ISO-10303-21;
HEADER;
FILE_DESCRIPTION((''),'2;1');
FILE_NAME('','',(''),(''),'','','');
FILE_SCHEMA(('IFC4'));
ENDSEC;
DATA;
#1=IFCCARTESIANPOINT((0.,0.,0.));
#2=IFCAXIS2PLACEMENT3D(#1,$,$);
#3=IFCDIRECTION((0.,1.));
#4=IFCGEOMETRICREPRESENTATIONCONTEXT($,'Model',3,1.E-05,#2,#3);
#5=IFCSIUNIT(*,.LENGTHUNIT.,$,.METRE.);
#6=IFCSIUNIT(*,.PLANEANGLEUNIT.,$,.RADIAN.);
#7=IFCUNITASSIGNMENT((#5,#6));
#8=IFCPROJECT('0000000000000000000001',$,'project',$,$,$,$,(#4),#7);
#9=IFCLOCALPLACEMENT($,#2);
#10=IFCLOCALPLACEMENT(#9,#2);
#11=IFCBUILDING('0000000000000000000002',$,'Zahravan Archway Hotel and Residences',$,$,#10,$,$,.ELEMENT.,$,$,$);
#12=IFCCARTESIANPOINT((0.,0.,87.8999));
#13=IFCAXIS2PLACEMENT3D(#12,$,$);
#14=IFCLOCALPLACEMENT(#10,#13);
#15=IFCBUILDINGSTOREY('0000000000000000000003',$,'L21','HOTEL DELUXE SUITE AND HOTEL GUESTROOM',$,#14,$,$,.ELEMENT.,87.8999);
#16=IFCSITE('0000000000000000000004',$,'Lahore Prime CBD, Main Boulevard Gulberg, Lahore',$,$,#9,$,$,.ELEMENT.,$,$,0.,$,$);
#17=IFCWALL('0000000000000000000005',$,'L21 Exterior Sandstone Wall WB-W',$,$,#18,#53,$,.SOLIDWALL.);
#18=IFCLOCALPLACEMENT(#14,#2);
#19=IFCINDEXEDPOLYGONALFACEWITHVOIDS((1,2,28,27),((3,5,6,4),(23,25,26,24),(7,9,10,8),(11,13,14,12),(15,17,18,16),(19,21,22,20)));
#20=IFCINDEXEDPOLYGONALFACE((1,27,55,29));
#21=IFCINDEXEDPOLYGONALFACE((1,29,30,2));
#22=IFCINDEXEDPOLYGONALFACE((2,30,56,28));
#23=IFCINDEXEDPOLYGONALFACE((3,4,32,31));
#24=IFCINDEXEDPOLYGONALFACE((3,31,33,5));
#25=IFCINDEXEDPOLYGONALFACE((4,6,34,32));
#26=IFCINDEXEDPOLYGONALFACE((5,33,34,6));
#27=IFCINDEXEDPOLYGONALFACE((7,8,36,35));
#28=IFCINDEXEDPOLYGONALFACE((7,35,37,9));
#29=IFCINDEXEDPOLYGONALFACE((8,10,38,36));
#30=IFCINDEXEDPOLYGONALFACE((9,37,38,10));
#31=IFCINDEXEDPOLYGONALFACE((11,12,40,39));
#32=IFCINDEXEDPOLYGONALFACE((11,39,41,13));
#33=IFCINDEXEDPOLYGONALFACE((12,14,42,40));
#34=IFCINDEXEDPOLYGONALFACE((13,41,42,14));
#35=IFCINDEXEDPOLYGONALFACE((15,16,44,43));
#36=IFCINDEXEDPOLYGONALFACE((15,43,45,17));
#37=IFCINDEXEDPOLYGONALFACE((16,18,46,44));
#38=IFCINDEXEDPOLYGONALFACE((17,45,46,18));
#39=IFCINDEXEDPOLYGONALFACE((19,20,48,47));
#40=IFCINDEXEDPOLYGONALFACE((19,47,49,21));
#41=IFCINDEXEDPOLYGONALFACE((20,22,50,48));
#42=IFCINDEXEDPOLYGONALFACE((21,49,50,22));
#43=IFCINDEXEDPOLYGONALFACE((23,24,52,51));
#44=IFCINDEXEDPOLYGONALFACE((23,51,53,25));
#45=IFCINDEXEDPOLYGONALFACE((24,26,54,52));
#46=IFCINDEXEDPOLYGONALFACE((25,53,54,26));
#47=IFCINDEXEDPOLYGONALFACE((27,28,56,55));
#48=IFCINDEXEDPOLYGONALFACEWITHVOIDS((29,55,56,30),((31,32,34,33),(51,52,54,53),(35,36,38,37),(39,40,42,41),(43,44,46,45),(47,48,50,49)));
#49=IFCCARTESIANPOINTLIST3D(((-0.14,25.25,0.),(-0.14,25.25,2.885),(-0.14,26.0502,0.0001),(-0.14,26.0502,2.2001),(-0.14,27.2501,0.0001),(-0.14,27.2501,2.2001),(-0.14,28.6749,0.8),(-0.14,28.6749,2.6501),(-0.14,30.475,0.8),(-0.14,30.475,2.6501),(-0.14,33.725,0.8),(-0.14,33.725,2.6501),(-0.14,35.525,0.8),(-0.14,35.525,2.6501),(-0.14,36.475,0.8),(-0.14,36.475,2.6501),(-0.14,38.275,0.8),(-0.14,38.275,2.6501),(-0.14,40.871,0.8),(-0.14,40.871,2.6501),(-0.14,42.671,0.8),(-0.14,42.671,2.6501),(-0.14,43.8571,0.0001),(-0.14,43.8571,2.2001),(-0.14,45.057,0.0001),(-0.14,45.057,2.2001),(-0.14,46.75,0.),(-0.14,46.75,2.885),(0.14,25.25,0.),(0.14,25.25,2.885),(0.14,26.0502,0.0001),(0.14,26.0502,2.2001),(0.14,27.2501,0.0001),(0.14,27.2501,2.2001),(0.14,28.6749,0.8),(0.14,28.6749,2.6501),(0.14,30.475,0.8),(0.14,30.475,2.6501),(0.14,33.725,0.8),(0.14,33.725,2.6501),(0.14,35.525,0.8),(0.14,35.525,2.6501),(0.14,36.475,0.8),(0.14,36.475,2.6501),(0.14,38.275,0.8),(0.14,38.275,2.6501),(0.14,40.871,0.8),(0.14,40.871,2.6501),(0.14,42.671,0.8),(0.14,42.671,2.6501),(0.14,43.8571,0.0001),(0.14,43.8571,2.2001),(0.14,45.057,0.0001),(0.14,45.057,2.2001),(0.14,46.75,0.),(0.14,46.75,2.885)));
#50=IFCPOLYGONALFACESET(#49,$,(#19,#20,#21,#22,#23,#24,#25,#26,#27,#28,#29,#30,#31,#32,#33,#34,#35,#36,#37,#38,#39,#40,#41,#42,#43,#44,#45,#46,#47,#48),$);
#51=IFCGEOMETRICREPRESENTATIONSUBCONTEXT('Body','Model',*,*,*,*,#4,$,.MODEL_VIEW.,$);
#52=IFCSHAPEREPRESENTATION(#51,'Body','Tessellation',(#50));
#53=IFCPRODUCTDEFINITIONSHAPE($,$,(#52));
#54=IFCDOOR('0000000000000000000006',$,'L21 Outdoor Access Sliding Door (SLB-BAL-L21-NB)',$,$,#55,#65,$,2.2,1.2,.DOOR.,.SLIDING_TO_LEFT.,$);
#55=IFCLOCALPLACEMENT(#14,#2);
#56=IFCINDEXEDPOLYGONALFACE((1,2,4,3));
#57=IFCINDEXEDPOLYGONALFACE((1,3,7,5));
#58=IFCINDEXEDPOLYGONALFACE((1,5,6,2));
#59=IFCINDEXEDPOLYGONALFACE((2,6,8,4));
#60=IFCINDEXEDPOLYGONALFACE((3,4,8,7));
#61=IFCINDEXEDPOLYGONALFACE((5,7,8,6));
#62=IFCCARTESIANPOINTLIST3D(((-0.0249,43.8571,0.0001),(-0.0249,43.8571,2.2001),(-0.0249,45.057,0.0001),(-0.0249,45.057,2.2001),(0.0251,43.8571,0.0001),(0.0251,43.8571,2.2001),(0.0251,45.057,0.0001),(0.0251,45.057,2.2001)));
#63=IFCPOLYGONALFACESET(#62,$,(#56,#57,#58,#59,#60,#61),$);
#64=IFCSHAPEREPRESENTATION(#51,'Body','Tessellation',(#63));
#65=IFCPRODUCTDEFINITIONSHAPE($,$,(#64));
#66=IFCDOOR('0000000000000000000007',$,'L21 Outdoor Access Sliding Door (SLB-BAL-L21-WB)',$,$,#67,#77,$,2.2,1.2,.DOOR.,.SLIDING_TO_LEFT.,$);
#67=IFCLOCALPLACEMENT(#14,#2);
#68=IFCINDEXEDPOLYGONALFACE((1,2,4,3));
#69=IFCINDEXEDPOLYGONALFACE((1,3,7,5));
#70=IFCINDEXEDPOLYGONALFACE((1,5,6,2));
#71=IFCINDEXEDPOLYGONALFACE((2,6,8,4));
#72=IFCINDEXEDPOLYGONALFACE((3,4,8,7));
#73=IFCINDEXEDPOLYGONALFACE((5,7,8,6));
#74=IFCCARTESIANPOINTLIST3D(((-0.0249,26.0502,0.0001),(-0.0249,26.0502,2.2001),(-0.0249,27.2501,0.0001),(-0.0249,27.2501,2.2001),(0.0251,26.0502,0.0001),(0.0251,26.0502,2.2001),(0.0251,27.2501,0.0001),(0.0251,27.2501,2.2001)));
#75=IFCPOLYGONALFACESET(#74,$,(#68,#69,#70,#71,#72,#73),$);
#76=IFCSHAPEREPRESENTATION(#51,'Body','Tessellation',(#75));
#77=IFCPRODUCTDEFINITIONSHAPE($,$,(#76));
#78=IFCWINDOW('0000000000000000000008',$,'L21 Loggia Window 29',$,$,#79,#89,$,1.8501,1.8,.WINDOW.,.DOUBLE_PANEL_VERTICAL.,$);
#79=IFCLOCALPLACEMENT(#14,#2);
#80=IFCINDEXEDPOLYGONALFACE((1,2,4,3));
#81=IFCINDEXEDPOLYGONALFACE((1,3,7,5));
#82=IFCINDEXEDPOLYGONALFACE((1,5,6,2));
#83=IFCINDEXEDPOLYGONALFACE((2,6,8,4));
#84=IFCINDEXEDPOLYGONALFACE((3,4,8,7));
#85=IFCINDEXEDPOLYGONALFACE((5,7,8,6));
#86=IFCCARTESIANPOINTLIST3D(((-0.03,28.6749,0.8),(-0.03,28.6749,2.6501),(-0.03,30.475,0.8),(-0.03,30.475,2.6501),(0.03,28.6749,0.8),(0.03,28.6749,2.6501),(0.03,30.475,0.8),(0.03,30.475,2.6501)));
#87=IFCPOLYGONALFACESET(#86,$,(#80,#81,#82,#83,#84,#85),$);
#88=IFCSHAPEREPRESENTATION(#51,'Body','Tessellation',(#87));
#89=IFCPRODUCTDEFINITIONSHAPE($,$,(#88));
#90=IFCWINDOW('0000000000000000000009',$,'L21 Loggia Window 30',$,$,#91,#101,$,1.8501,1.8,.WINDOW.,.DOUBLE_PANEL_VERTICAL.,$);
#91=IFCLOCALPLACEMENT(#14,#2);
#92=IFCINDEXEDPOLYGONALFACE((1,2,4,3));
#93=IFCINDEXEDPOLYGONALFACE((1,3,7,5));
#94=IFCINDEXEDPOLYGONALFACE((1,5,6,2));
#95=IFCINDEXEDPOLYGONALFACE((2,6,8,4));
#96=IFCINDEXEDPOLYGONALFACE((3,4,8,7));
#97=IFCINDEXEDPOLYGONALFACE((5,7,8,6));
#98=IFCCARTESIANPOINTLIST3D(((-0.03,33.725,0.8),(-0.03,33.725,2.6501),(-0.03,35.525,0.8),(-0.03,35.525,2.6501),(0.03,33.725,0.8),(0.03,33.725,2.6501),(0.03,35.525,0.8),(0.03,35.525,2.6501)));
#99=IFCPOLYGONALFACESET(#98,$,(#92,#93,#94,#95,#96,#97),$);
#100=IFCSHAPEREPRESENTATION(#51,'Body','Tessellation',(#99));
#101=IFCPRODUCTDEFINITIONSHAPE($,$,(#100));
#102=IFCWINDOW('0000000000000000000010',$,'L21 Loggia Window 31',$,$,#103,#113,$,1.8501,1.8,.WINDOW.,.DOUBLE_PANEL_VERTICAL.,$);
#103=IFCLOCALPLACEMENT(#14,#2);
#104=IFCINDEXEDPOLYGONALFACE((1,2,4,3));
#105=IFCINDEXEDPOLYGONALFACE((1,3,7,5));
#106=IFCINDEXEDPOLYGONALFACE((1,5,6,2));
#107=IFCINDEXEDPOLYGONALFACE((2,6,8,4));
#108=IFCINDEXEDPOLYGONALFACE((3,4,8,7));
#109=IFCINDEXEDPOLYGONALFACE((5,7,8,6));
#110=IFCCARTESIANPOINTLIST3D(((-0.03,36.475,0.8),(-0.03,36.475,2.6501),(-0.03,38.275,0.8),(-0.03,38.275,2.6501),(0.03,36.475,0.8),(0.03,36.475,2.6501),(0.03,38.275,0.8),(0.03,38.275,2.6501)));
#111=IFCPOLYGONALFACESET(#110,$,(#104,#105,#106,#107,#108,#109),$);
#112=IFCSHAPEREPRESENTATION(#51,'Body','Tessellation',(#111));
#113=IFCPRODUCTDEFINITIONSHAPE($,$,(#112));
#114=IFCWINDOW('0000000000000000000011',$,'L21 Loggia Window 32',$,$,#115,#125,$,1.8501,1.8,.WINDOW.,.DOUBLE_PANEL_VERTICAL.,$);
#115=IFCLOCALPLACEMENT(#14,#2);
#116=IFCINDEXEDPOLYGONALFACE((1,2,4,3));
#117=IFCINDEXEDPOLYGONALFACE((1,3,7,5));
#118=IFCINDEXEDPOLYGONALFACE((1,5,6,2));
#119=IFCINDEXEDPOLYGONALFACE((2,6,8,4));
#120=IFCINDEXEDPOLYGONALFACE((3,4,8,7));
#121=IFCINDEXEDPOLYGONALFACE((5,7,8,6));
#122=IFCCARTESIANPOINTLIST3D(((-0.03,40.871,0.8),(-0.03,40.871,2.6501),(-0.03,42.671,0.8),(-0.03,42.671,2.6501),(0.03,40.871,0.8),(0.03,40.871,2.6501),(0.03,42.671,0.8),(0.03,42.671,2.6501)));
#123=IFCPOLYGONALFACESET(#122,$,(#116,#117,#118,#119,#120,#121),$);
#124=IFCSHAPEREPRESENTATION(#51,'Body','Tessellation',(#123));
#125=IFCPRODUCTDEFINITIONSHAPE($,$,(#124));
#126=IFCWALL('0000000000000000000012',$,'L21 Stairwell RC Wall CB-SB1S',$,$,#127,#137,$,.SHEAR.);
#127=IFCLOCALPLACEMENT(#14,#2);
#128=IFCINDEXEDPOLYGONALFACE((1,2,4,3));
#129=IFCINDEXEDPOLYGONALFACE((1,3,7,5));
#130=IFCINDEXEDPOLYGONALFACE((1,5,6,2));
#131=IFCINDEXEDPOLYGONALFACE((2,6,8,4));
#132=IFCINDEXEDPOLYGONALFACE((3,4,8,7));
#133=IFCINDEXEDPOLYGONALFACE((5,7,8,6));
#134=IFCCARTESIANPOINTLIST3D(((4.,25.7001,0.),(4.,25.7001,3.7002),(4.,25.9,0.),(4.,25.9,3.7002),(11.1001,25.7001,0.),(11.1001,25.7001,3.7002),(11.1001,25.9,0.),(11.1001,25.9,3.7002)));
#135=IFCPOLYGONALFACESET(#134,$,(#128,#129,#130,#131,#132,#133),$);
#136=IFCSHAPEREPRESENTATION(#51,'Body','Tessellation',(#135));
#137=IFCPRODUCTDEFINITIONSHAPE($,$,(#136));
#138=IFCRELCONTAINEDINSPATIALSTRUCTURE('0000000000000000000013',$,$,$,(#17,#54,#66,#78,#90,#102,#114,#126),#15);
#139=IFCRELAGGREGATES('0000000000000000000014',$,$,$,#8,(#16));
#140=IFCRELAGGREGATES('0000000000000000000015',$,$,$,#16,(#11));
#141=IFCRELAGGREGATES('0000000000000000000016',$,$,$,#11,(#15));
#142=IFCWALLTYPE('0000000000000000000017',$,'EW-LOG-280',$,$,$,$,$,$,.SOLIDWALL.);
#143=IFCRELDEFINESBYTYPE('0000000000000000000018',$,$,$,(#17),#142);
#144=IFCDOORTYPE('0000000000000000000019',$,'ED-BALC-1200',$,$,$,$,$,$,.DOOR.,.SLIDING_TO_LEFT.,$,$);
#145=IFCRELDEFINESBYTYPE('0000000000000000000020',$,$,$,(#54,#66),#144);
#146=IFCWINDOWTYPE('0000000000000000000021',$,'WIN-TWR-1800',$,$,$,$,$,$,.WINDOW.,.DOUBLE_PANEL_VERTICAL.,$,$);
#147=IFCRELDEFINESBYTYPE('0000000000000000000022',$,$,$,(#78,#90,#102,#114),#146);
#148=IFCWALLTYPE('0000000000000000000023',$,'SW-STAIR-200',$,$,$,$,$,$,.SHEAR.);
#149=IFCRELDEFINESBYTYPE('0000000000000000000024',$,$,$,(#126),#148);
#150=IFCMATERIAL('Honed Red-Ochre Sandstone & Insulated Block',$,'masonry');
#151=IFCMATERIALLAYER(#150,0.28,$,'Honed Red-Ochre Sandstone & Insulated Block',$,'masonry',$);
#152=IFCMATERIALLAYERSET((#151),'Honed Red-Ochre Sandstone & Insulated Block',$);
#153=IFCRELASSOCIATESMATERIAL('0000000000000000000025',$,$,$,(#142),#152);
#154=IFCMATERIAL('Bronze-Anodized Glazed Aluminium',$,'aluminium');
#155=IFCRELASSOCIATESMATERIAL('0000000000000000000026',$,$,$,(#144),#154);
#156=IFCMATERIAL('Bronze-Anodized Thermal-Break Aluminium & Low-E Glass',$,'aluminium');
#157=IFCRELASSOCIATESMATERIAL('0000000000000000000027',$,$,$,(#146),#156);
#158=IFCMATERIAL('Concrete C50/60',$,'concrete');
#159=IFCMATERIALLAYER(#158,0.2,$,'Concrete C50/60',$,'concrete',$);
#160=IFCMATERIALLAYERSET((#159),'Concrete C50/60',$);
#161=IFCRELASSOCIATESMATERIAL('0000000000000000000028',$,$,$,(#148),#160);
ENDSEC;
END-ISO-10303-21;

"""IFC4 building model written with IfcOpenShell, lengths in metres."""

from ifc_helpers import new_model, si_unit, direction, frame, frame_2d, origin, place, context, subcontext, project, spatial, rectangle, extrude, source, transform, mapped, material, layer, layer_set, type_object, type_shapes, element, fill, save


model = new_model("IFC4")

# Units and contexts
model_context = context("Model", 3, precision=1e-05, world=origin(), true_north=direction((0.0, 1.0)))
body_context = subcontext(model_context, "Body", "Model", "MODEL_VIEW")
ifc_project = project(units=[si_unit("LENGTHUNIT", "METRE"), si_unit("PLANEANGLEUNIT", "RADIAN")], contexts=[model_context])

# Site, building, storey
site_placement = place(None, origin())
site = spatial("IfcSite", under=ifc_project, at=site_placement, Name="Lahore Prime CBD, Main Boulevard Gulberg, Lahore", CompositionType="ELEMENT", RefElevation=0.0)
building_placement = place(site_placement, origin())
building = spatial("IfcBuilding", under=site, at=building_placement, Name="Zahravan Archway Hotel and Residences", CompositionType="ELEMENT")
storey_placement = place(building_placement, frame((0.0, 0.0, 87.8999)))
storey = spatial("IfcBuildingStorey", under=building, at=storey_placement, Name="L21", Description="HOTEL DELUXE SUITE AND HOTEL GUESTROOM", CompositionType="ELEMENT", Elevation=87.8999)

# Shared definitions
ifc_material_1 = material(Name="Honed Red-Ochre Sandstone & Insulated Block", Category="masonry")
ifc_layer_1 = layer(ifc_material_1, 0.28, Name="Honed Red-Ochre Sandstone & Insulated Block", Category="masonry")
ifc_layer_set_1 = layer_set([ifc_layer_1], Name="Honed Red-Ochre Sandstone & Insulated Block")
wall_type_1 = type_object("IfcWallType", Name="EW-LOG-280", PredefinedType="SOLIDWALL", material=ifc_layer_set_1)
ifc_material_2 = material(Name="Bronze-Anodized Thermal-Break Aluminium & Low-E Glass", Category="aluminium")

# Wall, openings, doors, windows
wall_1_placement = place(storey_placement, frame((0.0, 25.25, 0.0), z_axis=(0.0, 0.0, 1.0), x_axis=(0.0, 1.0, 0.0)))
wall_1 = element("IfcWall", 1, at=wall_1_placement, inside=storey, type_object=wall_type_1, Name="L21 Exterior Sandstone Wall WB-W", PredefinedType="SOLIDWALL", context=body_context, shape_type="SweptSolid", body=[
    extrude(rectangle(XDim=21.5, YDim=0.28, at=frame_2d((10.75, 0.0))), origin(), (0.0, 0.0, 1.0), 2.885),
])
opening_1_placement = place(wall_1_placement, frame((18.6069, 0.0, 0.0)))
opening_1 = element("IfcOpeningElement", 2, at=opening_1_placement, cuts=wall_1, PredefinedType="OPENING", context=body_context, shape_type="SweptSolid", body=[
    extrude(rectangle(XDim=1.2, YDim=2.2, at=frame_2d((0.6001, 1.1001))), frame((0.0, 0.1499, 0.0), z_axis=(0.0, -1.0, 0.0), x_axis=(1.0, 0.0, 0.0)), (0.0, 0.0, 1.0), 0.3),
])
opening_2_placement = place(wall_1_placement, frame((0.8, 0.0, 0.0)))
opening_2 = element("IfcOpeningElement", 3, at=opening_2_placement, cuts=wall_1, PredefinedType="OPENING", context=body_context, shape_type="SweptSolid", body=[
    extrude(rectangle(XDim=1.2, YDim=2.2, at=frame_2d((0.6001, 1.1001))), frame((0.0, 0.1499, 0.0), z_axis=(0.0, -1.0, 0.0), x_axis=(1.0, 0.0, 0.0)), (0.0, 0.0, 1.0), 0.3),
])
opening_3_placement = place(wall_1_placement, frame((3.425, 0.0, 0.8)))
opening_3 = element("IfcOpeningElement", 4, at=opening_3_placement, cuts=wall_1, PredefinedType="OPENING", context=body_context, shape_type="SweptSolid", body=[
    extrude(rectangle(XDim=1.8, YDim=1.8501, at=frame_2d((0.8999, 0.925))), frame((0.0, 0.1499, 0.0), z_axis=(0.0, -1.0, 0.0), x_axis=(1.0, 0.0, 0.0)), (0.0, 0.0, 1.0), 0.3),
])
opening_4_placement = place(wall_1_placement, frame((8.4751, 0.0, 0.8)))
opening_4 = element("IfcOpeningElement", 5, at=opening_4_placement, cuts=wall_1, PredefinedType="OPENING", context=body_context, shape_type="SweptSolid", body=[
    extrude(rectangle(XDim=1.8, YDim=1.8501, at=frame_2d((0.8999, 0.925))), frame((0.0, 0.1499, 0.0), z_axis=(0.0, -1.0, 0.0), x_axis=(1.0, 0.0, 0.0)), (0.0, 0.0, 1.0), 0.3),
])
opening_5_placement = place(wall_1_placement, frame((11.2251, 0.0, 0.8)))
opening_5 = element("IfcOpeningElement", 6, at=opening_5_placement, cuts=wall_1, PredefinedType="OPENING", context=body_context, shape_type="SweptSolid", body=[
    extrude(rectangle(XDim=1.8, YDim=1.8501, at=frame_2d((0.8999, 0.925))), frame((0.0, 0.1499, 0.0), z_axis=(0.0, -1.0, 0.0), x_axis=(1.0, 0.0, 0.0)), (0.0, 0.0, 1.0), 0.3),
])
opening_6_placement = place(wall_1_placement, frame((15.6211, 0.0, 0.8)))
opening_6 = element("IfcOpeningElement", 7, at=opening_6_placement, cuts=wall_1, PredefinedType="OPENING", context=body_context, shape_type="SweptSolid", body=[
    extrude(rectangle(XDim=1.8, YDim=1.8501, at=frame_2d((0.8999, 0.925))), frame((0.0, 0.1499, 0.0), z_axis=(0.0, -1.0, 0.0), x_axis=(1.0, 0.0, 0.0)), (0.0, 0.0, 1.0), 0.3),
])
ifc_material_3 = material(Name="Bronze-Anodized Glazed Aluminium", Category="aluminium")
door_type_1 = type_object("IfcDoorType", Name="ED-BALC-1200", OperationType="SLIDING_TO_LEFT", PredefinedType="DOOR", material=ifc_material_3)
shared_shape_1 = source(origin(), body_context, "Body", "SweptSolid", [
    extrude(rectangle(XDim=1.2, YDim=2.2, at=frame_2d((0.6001, 1.1001))), frame((0.0, 0.0249, 0.0), z_axis=(0.0, -1.0, 0.0), x_axis=(1.0, 0.0, 0.0)), (0.0, 0.0, 1.0), 0.05),
])
type_shapes(door_type_1, [shared_shape_1])
door_1_placement = place(opening_1_placement, origin())
door_1 = element("IfcDoor", 8, at=door_1_placement, inside=storey, type_object=door_type_1, Name="L21 Outdoor Access Sliding Door (SLB-BAL-L21-NB)", OperationType="SLIDING_TO_LEFT", OverallHeight=2.2, OverallWidth=1.2, PredefinedType="DOOR", context=body_context, shape_type="MappedRepresentation", body=[
    mapped(shared_shape_1, transform((0.0, 0.0, 0.0), scale=1.0)),
])
fill(opening_1, door_1)
door_2_placement = place(opening_2_placement, origin())
door_2 = element("IfcDoor", 9, at=door_2_placement, inside=storey, type_object=door_type_1, Name="L21 Outdoor Access Sliding Door (SLB-BAL-L21-WB)", OperationType="SLIDING_TO_LEFT", OverallHeight=2.2, OverallWidth=1.2, PredefinedType="DOOR", context=body_context, shape_type="MappedRepresentation", body=[
    mapped(shared_shape_1, transform((0.0, 0.0, 0.0), scale=1.0)),
])
fill(opening_2, door_2)
window_type_1 = type_object("IfcWindowType", Name="WIN-TWR-1800", PartitioningType="DOUBLE_PANEL_VERTICAL", PredefinedType="WINDOW", material=ifc_material_2)
shared_shape_2 = source(origin(), body_context, "Body", "SweptSolid", [
    extrude(rectangle(XDim=1.8, YDim=1.8501, at=frame_2d((0.8999, 0.925))), frame((0.0, 0.03, 0.0), z_axis=(0.0, -1.0, 0.0), x_axis=(1.0, 0.0, 0.0)), (0.0, 0.0, 1.0), 0.0601),
])
type_shapes(window_type_1, [shared_shape_2])
window_1_placement = place(opening_3_placement, origin())
window_1 = element("IfcWindow", 10, at=window_1_placement, inside=storey, type_object=window_type_1, Name="L21 Loggia Window 29", OverallHeight=1.8501, OverallWidth=1.8, PartitioningType="DOUBLE_PANEL_VERTICAL", PredefinedType="WINDOW", context=body_context, shape_type="MappedRepresentation", body=[
    mapped(shared_shape_2, transform((0.0, 0.0, 0.0), scale=1.0)),
])
fill(opening_3, window_1)
window_2_placement = place(opening_4_placement, origin())
window_2 = element("IfcWindow", 11, at=window_2_placement, inside=storey, type_object=window_type_1, Name="L21 Loggia Window 30", OverallHeight=1.8501, OverallWidth=1.8, PartitioningType="DOUBLE_PANEL_VERTICAL", PredefinedType="WINDOW", context=body_context, shape_type="MappedRepresentation", body=[
    mapped(shared_shape_2, transform((0.0, 0.0, 0.0), scale=1.0)),
])
fill(opening_4, window_2)
window_3_placement = place(opening_5_placement, origin())
window_3 = element("IfcWindow", 12, at=window_3_placement, inside=storey, type_object=window_type_1, Name="L21 Loggia Window 31", OverallHeight=1.8501, OverallWidth=1.8, PartitioningType="DOUBLE_PANEL_VERTICAL", PredefinedType="WINDOW", context=body_context, shape_type="MappedRepresentation", body=[
    mapped(shared_shape_2, transform((0.0, 0.0, 0.0), scale=1.0)),
])
fill(opening_5, window_3)
window_4_placement = place(opening_6_placement, origin())
window_4 = element("IfcWindow", 13, at=window_4_placement, inside=storey, type_object=window_type_1, Name="L21 Loggia Window 32", OverallHeight=1.8501, OverallWidth=1.8, PartitioningType="DOUBLE_PANEL_VERTICAL", PredefinedType="WINDOW", context=body_context, shape_type="MappedRepresentation", body=[
    mapped(shared_shape_2, transform((0.0, 0.0, 0.0), scale=1.0)),
])
fill(opening_6, window_4)

# Wall
ifc_material_4 = material(Name="Concrete C50/60", Category="concrete")
ifc_layer_2 = layer(ifc_material_4, 0.2, Name="Concrete C50/60", Category="concrete")
ifc_layer_set_2 = layer_set([ifc_layer_2], Name="Concrete C50/60")
wall_type_2 = type_object("IfcWallType", Name="SW-STAIR-200", PredefinedType="SHEAR", material=ifc_layer_set_2)
wall_2_placement = place(storey_placement, frame((4.0, 25.8, 0.0), z_axis=(0.0, 0.0, 1.0), x_axis=(1.0, 0.0, 0.0)))
element("IfcWall", 14, at=wall_2_placement, inside=storey, type_object=wall_type_2, Name="L21 Stairwell RC Wall CB-SB1S", PredefinedType="SHEAR", context=body_context, shape_type="SweptSolid", body=[
    extrude(rectangle(XDim=7.1001, YDim=0.2, at=frame_2d((3.55, 0.0))), origin(), (0.0, 0.0, 1.0), 3.7002),
])

save(model, "model.ifc")
